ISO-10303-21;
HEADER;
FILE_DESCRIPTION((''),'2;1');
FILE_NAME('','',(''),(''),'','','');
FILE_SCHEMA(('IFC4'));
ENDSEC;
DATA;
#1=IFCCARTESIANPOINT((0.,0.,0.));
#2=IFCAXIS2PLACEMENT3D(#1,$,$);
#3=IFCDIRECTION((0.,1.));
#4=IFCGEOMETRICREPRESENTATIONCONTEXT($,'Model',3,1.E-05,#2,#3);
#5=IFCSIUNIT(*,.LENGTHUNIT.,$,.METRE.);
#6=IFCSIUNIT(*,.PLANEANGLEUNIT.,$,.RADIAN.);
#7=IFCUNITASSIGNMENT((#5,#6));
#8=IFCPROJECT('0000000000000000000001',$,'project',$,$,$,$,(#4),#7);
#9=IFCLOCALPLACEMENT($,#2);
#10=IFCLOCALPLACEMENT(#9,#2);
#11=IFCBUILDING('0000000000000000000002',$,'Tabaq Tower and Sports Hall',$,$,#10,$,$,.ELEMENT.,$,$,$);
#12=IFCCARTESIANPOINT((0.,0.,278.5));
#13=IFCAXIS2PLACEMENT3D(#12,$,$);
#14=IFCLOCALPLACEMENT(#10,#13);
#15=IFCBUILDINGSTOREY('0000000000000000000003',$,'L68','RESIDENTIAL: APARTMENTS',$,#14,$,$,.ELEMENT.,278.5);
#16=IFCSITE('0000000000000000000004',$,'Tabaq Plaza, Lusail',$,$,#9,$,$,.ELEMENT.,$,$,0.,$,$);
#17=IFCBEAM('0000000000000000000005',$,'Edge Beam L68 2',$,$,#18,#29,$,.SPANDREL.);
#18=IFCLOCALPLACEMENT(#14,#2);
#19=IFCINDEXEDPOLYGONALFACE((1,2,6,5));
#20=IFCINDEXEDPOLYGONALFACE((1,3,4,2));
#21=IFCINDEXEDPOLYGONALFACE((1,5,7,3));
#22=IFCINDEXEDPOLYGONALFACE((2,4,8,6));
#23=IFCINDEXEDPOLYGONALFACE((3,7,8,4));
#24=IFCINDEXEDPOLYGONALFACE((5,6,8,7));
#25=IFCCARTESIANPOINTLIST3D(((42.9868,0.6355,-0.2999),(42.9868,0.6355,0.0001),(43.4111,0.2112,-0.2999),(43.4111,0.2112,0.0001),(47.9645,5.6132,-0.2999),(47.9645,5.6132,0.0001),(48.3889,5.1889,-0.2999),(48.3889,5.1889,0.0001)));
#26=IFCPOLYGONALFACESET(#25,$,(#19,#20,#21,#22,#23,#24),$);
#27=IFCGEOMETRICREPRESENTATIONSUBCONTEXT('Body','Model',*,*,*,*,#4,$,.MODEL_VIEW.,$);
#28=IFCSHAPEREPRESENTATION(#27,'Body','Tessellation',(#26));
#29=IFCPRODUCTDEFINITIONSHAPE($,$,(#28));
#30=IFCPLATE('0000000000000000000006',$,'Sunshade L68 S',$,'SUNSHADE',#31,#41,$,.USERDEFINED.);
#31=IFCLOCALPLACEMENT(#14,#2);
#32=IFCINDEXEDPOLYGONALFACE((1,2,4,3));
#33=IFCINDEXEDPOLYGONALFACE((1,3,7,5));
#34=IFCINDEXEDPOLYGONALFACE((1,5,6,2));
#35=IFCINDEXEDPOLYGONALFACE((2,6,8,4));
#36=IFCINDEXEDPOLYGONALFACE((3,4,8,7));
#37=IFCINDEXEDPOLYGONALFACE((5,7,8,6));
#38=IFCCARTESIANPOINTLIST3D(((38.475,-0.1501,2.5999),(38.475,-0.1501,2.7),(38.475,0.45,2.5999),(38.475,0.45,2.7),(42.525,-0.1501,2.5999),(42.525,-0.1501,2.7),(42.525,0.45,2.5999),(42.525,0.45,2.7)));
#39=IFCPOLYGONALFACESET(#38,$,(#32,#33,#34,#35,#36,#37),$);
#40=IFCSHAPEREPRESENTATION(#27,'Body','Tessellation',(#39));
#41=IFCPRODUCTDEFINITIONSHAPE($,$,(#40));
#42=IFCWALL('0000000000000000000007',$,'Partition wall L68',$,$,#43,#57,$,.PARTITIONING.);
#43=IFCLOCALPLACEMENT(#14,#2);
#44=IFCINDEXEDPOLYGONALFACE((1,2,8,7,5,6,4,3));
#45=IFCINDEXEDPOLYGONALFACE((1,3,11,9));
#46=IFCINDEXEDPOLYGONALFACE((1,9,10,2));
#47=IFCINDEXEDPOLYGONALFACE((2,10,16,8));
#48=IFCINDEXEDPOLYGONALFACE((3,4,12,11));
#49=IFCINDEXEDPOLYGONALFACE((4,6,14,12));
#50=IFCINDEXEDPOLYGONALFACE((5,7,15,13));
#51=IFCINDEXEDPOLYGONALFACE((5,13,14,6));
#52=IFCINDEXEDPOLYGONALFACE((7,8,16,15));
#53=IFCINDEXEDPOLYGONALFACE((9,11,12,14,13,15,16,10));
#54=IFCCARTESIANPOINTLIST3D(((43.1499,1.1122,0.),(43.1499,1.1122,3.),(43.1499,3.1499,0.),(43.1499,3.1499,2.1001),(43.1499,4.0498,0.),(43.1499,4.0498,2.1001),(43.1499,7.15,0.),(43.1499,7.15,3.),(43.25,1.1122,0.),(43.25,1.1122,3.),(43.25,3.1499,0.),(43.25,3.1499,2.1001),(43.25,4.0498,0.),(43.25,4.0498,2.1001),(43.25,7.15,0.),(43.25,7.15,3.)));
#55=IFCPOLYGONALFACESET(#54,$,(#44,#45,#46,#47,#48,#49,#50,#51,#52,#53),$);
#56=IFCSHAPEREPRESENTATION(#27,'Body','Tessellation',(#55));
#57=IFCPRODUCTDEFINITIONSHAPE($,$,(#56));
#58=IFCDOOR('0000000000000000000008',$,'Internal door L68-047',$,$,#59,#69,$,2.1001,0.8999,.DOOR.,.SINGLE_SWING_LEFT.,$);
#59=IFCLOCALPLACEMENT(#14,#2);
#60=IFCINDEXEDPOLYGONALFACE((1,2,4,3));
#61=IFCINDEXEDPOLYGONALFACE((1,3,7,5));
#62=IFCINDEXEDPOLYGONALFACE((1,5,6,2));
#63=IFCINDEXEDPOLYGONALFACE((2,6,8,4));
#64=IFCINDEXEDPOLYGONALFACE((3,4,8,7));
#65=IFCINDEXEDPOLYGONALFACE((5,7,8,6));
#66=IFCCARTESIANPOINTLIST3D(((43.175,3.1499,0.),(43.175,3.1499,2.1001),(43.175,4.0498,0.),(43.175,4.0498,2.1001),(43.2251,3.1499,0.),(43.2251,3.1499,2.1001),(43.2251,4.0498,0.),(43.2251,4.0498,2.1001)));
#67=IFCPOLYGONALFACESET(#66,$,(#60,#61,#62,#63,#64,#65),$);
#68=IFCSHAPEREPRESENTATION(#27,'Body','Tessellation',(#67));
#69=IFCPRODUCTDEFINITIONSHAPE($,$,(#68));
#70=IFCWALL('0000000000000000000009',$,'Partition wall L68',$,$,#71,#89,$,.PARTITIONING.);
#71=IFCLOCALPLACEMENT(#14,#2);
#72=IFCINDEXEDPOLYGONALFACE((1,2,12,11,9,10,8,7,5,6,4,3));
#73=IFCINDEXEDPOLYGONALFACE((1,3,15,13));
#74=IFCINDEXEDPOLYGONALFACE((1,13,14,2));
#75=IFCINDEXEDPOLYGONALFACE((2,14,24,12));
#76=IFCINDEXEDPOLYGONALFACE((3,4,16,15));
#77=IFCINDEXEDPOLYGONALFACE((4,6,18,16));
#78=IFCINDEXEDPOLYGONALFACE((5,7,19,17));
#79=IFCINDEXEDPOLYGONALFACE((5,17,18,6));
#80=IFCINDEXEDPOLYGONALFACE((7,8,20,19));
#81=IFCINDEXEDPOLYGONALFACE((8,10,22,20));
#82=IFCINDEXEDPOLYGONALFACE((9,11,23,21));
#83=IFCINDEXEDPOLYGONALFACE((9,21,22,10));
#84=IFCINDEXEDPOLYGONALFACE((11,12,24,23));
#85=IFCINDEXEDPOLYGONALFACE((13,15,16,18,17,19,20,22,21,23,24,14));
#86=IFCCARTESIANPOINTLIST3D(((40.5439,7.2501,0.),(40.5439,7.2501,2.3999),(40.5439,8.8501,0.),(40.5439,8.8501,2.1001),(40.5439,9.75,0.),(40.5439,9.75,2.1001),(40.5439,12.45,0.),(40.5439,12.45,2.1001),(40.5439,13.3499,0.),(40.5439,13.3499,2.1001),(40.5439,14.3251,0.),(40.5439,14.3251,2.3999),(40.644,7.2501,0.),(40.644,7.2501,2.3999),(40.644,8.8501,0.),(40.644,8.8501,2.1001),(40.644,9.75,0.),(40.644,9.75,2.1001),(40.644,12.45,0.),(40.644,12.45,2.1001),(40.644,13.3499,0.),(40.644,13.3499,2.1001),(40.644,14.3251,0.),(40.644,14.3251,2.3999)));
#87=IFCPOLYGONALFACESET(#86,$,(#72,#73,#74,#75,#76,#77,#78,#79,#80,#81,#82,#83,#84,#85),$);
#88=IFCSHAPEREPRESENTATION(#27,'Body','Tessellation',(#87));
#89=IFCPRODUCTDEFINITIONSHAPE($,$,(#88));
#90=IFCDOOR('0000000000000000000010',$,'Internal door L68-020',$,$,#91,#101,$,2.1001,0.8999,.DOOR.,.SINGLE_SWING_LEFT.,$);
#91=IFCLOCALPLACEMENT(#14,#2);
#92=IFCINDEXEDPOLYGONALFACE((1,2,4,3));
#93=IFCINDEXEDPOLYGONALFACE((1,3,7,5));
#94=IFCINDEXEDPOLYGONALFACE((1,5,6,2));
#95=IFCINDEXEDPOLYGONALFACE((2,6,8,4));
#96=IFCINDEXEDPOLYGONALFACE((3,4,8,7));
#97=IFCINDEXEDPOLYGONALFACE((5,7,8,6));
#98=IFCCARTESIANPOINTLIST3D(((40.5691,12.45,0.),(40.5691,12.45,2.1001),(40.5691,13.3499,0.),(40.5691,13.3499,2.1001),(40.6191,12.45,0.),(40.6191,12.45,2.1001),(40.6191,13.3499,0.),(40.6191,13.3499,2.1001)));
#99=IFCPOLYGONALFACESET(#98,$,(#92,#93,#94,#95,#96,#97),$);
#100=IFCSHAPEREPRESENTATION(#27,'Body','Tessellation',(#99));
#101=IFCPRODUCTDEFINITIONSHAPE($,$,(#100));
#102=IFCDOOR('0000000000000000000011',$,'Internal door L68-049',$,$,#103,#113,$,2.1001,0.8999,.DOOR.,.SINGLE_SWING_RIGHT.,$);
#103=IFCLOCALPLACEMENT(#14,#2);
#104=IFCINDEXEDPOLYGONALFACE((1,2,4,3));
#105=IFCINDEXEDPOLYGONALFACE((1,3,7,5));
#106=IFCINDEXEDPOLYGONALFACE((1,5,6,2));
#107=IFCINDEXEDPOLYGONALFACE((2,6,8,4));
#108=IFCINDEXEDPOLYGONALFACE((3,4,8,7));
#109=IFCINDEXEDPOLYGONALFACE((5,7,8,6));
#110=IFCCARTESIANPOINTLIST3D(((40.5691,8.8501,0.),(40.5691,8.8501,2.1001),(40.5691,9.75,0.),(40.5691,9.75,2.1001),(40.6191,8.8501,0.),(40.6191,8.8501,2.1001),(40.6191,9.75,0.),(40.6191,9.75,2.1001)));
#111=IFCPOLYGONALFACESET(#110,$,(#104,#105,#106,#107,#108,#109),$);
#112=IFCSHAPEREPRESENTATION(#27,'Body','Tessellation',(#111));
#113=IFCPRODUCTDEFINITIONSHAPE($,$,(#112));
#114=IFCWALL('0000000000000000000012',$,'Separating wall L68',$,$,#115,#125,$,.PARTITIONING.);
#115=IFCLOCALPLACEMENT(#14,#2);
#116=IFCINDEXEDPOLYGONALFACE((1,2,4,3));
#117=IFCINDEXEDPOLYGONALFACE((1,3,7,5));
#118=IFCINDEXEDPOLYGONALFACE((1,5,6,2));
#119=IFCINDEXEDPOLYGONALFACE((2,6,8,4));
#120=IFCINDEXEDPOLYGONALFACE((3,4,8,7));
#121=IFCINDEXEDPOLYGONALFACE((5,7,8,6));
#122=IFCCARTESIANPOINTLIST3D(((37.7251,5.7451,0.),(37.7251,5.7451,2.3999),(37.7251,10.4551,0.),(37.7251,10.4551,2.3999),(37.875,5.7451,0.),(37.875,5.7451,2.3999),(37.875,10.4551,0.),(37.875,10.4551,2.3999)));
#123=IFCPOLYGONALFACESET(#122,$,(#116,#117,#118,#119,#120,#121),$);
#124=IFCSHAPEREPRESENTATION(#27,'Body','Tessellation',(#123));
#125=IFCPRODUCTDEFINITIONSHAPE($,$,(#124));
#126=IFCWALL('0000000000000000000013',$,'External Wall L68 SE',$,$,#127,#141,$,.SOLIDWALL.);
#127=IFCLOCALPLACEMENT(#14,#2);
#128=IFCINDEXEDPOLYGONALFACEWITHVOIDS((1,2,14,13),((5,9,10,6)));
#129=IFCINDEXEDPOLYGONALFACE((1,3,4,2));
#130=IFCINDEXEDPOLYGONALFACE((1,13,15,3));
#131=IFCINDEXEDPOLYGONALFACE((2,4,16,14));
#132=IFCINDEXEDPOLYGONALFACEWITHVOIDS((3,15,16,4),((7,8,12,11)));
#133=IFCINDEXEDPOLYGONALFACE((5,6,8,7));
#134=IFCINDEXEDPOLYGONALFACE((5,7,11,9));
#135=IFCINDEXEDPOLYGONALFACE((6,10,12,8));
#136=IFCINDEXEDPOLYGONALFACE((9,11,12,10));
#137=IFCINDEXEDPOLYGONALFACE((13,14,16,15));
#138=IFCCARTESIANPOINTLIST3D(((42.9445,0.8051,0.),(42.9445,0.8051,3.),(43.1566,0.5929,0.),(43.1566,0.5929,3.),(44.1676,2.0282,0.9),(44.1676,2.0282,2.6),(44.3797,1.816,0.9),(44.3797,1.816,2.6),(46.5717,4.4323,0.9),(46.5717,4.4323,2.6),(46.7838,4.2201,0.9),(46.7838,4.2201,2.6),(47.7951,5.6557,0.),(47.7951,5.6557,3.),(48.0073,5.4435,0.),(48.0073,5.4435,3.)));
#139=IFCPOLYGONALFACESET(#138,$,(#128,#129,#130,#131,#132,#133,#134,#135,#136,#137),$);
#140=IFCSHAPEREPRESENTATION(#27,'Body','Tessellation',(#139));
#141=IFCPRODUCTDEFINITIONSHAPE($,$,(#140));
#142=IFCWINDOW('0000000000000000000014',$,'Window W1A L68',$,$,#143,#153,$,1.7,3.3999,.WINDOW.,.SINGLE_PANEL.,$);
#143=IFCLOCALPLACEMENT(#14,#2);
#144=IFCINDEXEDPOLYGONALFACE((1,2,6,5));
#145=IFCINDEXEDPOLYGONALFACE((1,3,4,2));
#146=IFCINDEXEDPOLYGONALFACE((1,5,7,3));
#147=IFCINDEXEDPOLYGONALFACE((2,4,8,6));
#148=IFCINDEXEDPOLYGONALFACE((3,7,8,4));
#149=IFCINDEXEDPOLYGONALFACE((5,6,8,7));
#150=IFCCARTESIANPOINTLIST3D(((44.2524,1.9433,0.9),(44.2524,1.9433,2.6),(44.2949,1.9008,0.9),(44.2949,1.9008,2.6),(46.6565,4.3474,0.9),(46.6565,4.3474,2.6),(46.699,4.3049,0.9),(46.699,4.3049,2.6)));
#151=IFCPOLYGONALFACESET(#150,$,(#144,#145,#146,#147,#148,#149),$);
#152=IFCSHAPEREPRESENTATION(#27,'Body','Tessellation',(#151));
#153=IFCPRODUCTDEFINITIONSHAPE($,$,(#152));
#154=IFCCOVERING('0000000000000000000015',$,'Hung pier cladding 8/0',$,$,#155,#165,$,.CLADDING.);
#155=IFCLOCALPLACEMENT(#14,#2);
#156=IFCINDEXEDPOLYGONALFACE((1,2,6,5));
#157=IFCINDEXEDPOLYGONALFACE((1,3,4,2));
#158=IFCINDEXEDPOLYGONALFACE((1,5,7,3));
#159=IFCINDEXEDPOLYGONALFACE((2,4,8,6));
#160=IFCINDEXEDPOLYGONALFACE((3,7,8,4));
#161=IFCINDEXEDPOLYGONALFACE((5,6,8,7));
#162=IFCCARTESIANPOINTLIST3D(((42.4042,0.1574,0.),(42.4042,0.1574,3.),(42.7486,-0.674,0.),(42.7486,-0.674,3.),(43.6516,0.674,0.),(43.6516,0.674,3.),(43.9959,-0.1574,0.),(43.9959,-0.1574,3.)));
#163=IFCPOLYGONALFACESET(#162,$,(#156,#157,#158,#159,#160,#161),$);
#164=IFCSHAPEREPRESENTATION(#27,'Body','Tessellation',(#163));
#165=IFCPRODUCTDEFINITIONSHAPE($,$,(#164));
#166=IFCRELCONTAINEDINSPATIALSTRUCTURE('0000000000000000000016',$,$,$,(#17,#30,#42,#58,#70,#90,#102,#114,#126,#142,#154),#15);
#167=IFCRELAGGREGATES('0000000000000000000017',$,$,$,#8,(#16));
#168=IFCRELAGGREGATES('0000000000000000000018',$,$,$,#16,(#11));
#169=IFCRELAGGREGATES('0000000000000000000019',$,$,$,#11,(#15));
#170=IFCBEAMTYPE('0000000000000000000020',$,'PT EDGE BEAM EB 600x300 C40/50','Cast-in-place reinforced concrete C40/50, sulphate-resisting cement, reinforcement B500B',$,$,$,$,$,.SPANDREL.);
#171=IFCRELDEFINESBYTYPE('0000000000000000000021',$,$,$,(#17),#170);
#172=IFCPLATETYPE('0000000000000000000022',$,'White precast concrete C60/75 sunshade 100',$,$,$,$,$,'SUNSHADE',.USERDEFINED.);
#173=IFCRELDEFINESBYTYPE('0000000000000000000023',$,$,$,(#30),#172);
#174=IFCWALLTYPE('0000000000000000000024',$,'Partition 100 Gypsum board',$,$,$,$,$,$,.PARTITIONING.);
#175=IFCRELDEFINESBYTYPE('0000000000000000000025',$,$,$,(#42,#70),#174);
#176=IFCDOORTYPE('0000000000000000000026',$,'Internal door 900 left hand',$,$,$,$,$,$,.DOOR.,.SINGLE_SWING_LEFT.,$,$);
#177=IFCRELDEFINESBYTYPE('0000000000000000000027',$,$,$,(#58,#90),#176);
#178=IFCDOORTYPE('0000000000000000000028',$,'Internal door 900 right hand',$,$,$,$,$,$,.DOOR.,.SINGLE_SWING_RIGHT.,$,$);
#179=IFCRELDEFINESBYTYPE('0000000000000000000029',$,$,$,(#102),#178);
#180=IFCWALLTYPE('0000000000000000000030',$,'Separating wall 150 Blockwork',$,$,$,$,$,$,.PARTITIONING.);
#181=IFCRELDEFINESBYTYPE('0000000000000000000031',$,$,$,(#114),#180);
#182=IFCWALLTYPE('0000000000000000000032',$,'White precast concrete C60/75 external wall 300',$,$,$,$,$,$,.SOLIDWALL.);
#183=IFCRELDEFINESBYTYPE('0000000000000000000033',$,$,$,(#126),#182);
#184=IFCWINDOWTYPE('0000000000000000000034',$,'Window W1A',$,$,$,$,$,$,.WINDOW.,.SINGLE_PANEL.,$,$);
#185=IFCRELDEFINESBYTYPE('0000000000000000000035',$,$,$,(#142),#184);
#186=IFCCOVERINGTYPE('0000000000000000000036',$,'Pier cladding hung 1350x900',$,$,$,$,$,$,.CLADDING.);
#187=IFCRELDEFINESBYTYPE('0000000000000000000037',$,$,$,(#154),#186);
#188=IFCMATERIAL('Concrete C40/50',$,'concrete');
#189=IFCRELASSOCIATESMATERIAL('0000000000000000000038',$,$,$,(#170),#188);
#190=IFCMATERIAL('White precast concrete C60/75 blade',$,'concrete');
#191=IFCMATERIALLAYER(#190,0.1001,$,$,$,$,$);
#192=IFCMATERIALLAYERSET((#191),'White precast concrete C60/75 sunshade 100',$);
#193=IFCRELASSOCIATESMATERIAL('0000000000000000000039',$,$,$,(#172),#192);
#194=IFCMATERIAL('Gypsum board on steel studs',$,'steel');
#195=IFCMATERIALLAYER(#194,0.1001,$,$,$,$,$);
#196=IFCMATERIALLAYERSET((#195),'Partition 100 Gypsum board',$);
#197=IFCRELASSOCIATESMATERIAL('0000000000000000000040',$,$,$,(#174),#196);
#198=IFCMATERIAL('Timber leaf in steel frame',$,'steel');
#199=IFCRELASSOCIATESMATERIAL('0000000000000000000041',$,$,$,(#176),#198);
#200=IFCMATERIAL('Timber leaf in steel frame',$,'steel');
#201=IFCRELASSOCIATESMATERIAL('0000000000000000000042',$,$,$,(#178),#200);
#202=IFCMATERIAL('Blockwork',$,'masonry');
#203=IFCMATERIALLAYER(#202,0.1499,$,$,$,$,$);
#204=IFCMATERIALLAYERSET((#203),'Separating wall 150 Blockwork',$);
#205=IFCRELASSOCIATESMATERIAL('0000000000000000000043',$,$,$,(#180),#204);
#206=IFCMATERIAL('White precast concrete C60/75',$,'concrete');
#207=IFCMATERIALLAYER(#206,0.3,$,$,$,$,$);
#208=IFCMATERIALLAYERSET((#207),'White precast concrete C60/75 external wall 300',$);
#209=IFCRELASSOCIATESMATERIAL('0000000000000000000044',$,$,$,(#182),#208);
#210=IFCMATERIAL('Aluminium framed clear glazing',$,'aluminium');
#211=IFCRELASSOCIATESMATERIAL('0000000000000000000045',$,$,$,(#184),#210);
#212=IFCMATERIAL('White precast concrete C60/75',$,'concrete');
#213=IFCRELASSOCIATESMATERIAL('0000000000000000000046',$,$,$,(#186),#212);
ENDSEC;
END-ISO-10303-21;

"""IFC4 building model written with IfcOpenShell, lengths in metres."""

from ifc_helpers import new_model, si_unit, direction, frame, frame_2d, origin, origin_2d, place, context, subcontext, project, spatial, rectangle, extrude, material, layer, layer_set, material_profile, profile_set, type_object, element, fill, save


model = new_model("IFC4")

# Units and contexts
model_context = context("Model", 3, precision=1e-05, world=origin(), true_north=direction((0.0, 1.0)))
body_context = subcontext(model_context, "Body", "Model", "MODEL_VIEW")
ifc_project = project(units=[si_unit("LENGTHUNIT", "METRE"), si_unit("PLANEANGLEUNIT", "RADIAN")], contexts=[model_context])

# Site, building, storey
site_placement = place(None, origin())
site = spatial("IfcSite", under=ifc_project, at=site_placement, Name="Tabaq Plaza, Lusail", CompositionType="ELEMENT", RefElevation=0.0)
building_placement = place(site_placement, origin())
building = spatial("IfcBuilding", under=site, at=building_placement, Name="Tabaq Tower and Sports Hall", CompositionType="ELEMENT")
storey_placement = place(building_placement, frame((0.0, 0.0, 278.5)))
storey = spatial("IfcBuildingStorey", under=building, at=storey_placement, Name="L68", Description="RESIDENTIAL: APARTMENTS", CompositionType="ELEMENT", Elevation=278.5)

# Beam
ifc_material_1 = material(Name="Concrete C40/50", Category="concrete")
ifc_material_profile = material_profile(ifc_material_1, rectangle(XDim=0.6001, YDim=0.3, at=origin_2d()), Name="EB 600x300")
ifc_profile_set = profile_set([ifc_material_profile], Name="Concrete C40/50")
beam_type = type_object("IfcBeamType", Name="PT EDGE BEAM EB 600x300 C40/50", Description="Cast-in-place reinforced concrete C40/50, sulphate-resisting cement, reinforcement B500B", PredefinedType="SPANDREL", material=ifc_profile_set)
beam_placement = place(storey_placement, frame((43.199, 0.4233, -0.1499), z_axis=(0.707107, 0.707107, 0.0), x_axis=(-0.707107, 0.707107, 0.0)))
element("IfcBeam", 1, at=beam_placement, inside=storey, type_object=beam_type, Name="Edge Beam L68 2", PredefinedType="SPANDREL", context=body_context, shape_type="SweptSolid", body=[
    extrude(rectangle(XDim=0.6001, YDim=0.3, at=origin_2d()), origin(), (0.0, 0.0, 1.0), 7.0396),
])

# Plate
ifc_material_2 = material(Name="White precast concrete C60/75 blade", Category="concrete")
ifc_layer_1 = layer(ifc_material_2, 0.1001)
ifc_layer_set_1 = layer_set([ifc_layer_1], Name="White precast concrete C60/75 sunshade 100")
plate_type = type_object("IfcPlateType", Name="White precast concrete C60/75 sunshade 100", ElementType="SUNSHADE", PredefinedType="USERDEFINED", material=ifc_layer_set_1)
plate_placement = place(storey_placement, frame((40.5, 0.1499, 2.5999), z_axis=(0.0, 0.0, 1.0), x_axis=(1.0, 0.0, 0.0)))
element("IfcPlate", 2, at=plate_placement, inside=storey, type_object=plate_type, Name="Sunshade L68 S", ObjectType="SUNSHADE", PredefinedType="USERDEFINED", context=body_context, shape_type="SweptSolid", body=[
    extrude(rectangle(XDim=4.05, YDim=0.6001, at=origin_2d()), origin(), (0.0, 0.0, 1.0), 0.1001),
])

# Wall, opening, door
ifc_material_3 = material(Name="Gypsum board on steel studs", Category="steel")
ifc_layer_2 = layer(ifc_material_3, 0.1001)
ifc_layer_set_2 = layer_set([ifc_layer_2], Name="Partition 100 Gypsum board")
wall_type_1 = type_object("IfcWallType", Name="Partition 100 Gypsum board", PredefinedType="PARTITIONING", material=ifc_layer_set_2)
wall_1_placement = place(storey_placement, frame((43.2, 1.1121, 0.0), z_axis=(0.0, 0.0, 1.0), x_axis=(0.0, 1.0, 0.0)))
wall_1 = element("IfcWall", 3, at=wall_1_placement, inside=storey, type_object=wall_type_1, Name="Partition wall L68", PredefinedType="PARTITIONING", context=body_context, shape_type="SweptSolid", body=[
    extrude(rectangle(XDim=6.0378, YDim=0.1001, at=frame_2d((3.019, 0.0))), origin(), (0.0, 0.0, 1.0), 3.0),
])
opening_1_placement = place(wall_1_placement, frame((2.0378, 0.0, 0.0)))
opening_1 = element("IfcOpeningElement", 4, at=opening_1_placement, cuts=wall_1, PredefinedType="OPENING", context=body_context, shape_type="SweptSolid", body=[
    extrude(rectangle(XDim=0.8999, YDim=2.1001, at=frame_2d((0.45, 1.05))), frame((0.0, 0.05, 0.0), z_axis=(0.0, -1.0, 0.0), x_axis=(1.0, 0.0, 0.0)), (0.0, 0.0, 1.0), 0.1001),
])
ifc_material_4 = material(Name="Timber leaf in steel frame", Category="steel")
door_type_1 = type_object("IfcDoorType", Name="Internal door 900 left hand", OperationType="SINGLE_SWING_LEFT", PredefinedType="DOOR", material=ifc_material_4)
door_1_placement = place(opening_1_placement, origin())
door_1 = element("IfcDoor", 5, at=door_1_placement, inside=storey, type_object=door_type_1, Name="Internal door L68-047", OperationType="SINGLE_SWING_LEFT", OverallHeight=2.1001, OverallWidth=0.8999, PredefinedType="DOOR", context=body_context, shape_type="SweptSolid", body=[
    extrude(rectangle(XDim=0.8999, YDim=2.1001, at=frame_2d((0.45, 1.05))), frame((0.0, 0.0249, 0.0), z_axis=(0.0, -1.0, 0.0), x_axis=(1.0, 0.0, 0.0)), (0.0, 0.0, 1.0), 0.05),
])
fill(opening_1, door_1)

# Wall, openings, doors
wall_2_placement = place(storey_placement, frame((40.594, 7.25, 0.0), z_axis=(0.0, 0.0, 1.0), x_axis=(0.0, 1.0, 0.0)))
wall_2 = element("IfcWall", 6, at=wall_2_placement, inside=storey, type_object=wall_type_1, Name="Partition wall L68", PredefinedType="PARTITIONING", context=body_context, shape_type="SweptSolid", body=[
    extrude(rectangle(XDim=7.075, YDim=0.1001, at=frame_2d((3.5376, 0.0))), origin(), (0.0, 0.0, 1.0), 2.3999),
])
opening_2_placement = place(wall_2_placement, frame((5.2, 0.0, 0.0)))
opening_2 = element("IfcOpeningElement", 7, at=opening_2_placement, cuts=wall_2, PredefinedType="OPENING", context=body_context, shape_type="SweptSolid", body=[
    extrude(rectangle(XDim=0.8999, YDim=2.1001, at=frame_2d((0.45, 1.05))), frame((0.0, 0.05, 0.0), z_axis=(0.0, -1.0, 0.0), x_axis=(1.0, 0.0, 0.0)), (0.0, 0.0, 1.0), 0.1001),
])
opening_3_placement = place(wall_2_placement, frame((1.6001, 0.0, 0.0)))
opening_3 = element("IfcOpeningElement", 8, at=opening_3_placement, cuts=wall_2, PredefinedType="OPENING", context=body_context, shape_type="SweptSolid", body=[
    extrude(rectangle(XDim=0.8999, YDim=2.1001, at=frame_2d((0.45, 1.05))), frame((0.0, 0.05, 0.0), z_axis=(0.0, -1.0, 0.0), x_axis=(1.0, 0.0, 0.0)), (0.0, 0.0, 1.0), 0.1001),
])
door_2_placement = place(opening_2_placement, origin())
door_2 = element("IfcDoor", 9, at=door_2_placement, inside=storey, type_object=door_type_1, Name="Internal door L68-020", OperationType="SINGLE_SWING_LEFT", OverallHeight=2.1001, OverallWidth=0.8999, PredefinedType="DOOR", context=body_context, shape_type="SweptSolid", body=[
    extrude(rectangle(XDim=0.8999, YDim=2.1001, at=frame_2d((0.45, 1.05))), frame((0.0, 0.0249, 0.0), z_axis=(0.0, -1.0, 0.0), x_axis=(1.0, 0.0, 0.0)), (0.0, 0.0, 1.0), 0.05),
])
fill(opening_2, door_2)
ifc_material_5 = material(Name="Timber leaf in steel frame", Category="steel")
door_type_2 = type_object("IfcDoorType", Name="Internal door 900 right hand", OperationType="SINGLE_SWING_RIGHT", PredefinedType="DOOR", material=ifc_material_5)
door_3_placement = place(opening_3_placement, origin())
door_3 = element("IfcDoor", 10, at=door_3_placement, inside=storey, type_object=door_type_2, Name="Internal door L68-049", OperationType="SINGLE_SWING_RIGHT", OverallHeight=2.1001, OverallWidth=0.8999, PredefinedType="DOOR", context=body_context, shape_type="SweptSolid", body=[
    extrude(rectangle(XDim=0.8999, YDim=2.1001, at=frame_2d((0.45, 1.05))), frame((0.0, 0.0249, 0.0), z_axis=(0.0, -1.0, 0.0), x_axis=(1.0, 0.0, 0.0)), (0.0, 0.0, 1.0), 0.05),
])
fill(opening_3, door_3)

# Wall
ifc_material_6 = material(Name="Blockwork", Category="masonry")
ifc_layer_3 = layer(ifc_material_6, 0.1499)
ifc_layer_set_3 = layer_set([ifc_layer_3], Name="Separating wall 150 Blockwork")
wall_type_2 = type_object("IfcWallType", Name="Separating wall 150 Blockwork", PredefinedType="PARTITIONING", material=ifc_layer_set_3)
wall_3_placement = place(storey_placement, frame((37.8, 5.7451, 0.0), z_axis=(0.0, 0.0, 1.0), x_axis=(0.0, 1.0, 0.0)))
element("IfcWall", 11, at=wall_3_placement, inside=storey, type_object=wall_type_2, Name="Separating wall L68", PredefinedType="PARTITIONING", context=body_context, shape_type="SweptSolid", body=[
    extrude(rectangle(XDim=4.71, YDim=0.1499, at=frame_2d((2.355, 0.0))), origin(), (0.0, 0.0, 1.0), 2.3999),
])

# Wall, opening, window
ifc_material_7 = material(Name="White precast concrete C60/75", Category="concrete")
ifc_layer_4 = layer(ifc_material_7, 0.3)
ifc_layer_set_4 = layer_set([ifc_layer_4], Name="White precast concrete C60/75 external wall 300")
wall_type_3 = type_object("IfcWallType", Name="White precast concrete C60/75 external wall 300", PredefinedType="SOLIDWALL", material=ifc_layer_set_4)
wall_4_placement = place(storey_placement, frame((43.0505, 0.699, 0.0), z_axis=(0.0, 0.0, 1.0), x_axis=(0.707107, 0.707107, 0.0)))
wall_4 = element("IfcWall", 12, at=wall_4_placement, inside=storey, type_object=wall_type_3, Name="External Wall L68 SE", PredefinedType="SOLIDWALL", context=body_context, shape_type="SweptSolid", body=[
    extrude(rectangle(XDim=6.8599, YDim=0.3, at=frame_2d((3.4299, 0.0))), origin(), (0.0, 0.0, 1.0), 3.0),
])
opening_4_placement = place(wall_4_placement, frame((1.7297, 0.0, 0.8999)))
opening_4 = element("IfcOpeningElement", 13, at=opening_4_placement, cuts=wall_4, PredefinedType="OPENING", context=body_context, shape_type="SweptSolid", body=[
    extrude(rectangle(XDim=3.3999, YDim=1.7, at=frame_2d((1.7, 0.8501))), frame((0.0, 0.1602, 0.0), z_axis=(0.0, -1.0, 0.0), x_axis=(1.0, 0.0, 0.0)), (0.0, 0.0, 1.0), 0.3201),
])
ifc_material_8 = material(Name="Aluminium framed clear glazing", Category="aluminium")
window_type = type_object("IfcWindowType", Name="Window W1A", PartitioningType="SINGLE_PANEL", PredefinedType="WINDOW", material=ifc_material_8)
window_placement = place(opening_4_placement, origin())
window = element("IfcWindow", 14, at=window_placement, inside=storey, type_object=window_type, Name="Window W1A L68", OverallHeight=1.7, OverallWidth=3.3999, PartitioningType="SINGLE_PANEL", PredefinedType="WINDOW", context=body_context, shape_type="SweptSolid", body=[
    extrude(rectangle(XDim=3.3999, YDim=1.7, at=frame_2d((1.7, 0.8501))), frame((0.0, 0.03, 0.0), z_axis=(0.0, -1.0, 0.0), x_axis=(1.0, 0.0, 0.0)), (0.0, 0.0, 1.0), 0.0601),
])
fill(opening_4, window)

# Covering
ifc_material_9 = material(Name="White precast concrete C60/75", Category="concrete")
covering_type_1 = type_object("IfcCoveringType", Name="Pier cladding hung 1350x900", PredefinedType="CLADDING", material=ifc_material_9)
covering_1_placement = place(storey_placement, frame((42.5764, -0.2583, 0.0), z_axis=(0.0, 0.0, 1.0), x_axis=(0.923893, 0.38265, 0.0)))
element("IfcCovering", 15, at=covering_1_placement, inside=storey, type_object=covering_type_1, Name="Hung pier cladding 8/0", PredefinedType="CLADDING", context=body_context, shape_type="SweptSolid", body=[
    extrude(rectangle(XDim=1.3501, YDim=0.8999, at=frame_2d((0.675, 0.0))), origin(), (0.0, 0.0, 1.0), 3.0),
])

save(model, "model.ifc")
